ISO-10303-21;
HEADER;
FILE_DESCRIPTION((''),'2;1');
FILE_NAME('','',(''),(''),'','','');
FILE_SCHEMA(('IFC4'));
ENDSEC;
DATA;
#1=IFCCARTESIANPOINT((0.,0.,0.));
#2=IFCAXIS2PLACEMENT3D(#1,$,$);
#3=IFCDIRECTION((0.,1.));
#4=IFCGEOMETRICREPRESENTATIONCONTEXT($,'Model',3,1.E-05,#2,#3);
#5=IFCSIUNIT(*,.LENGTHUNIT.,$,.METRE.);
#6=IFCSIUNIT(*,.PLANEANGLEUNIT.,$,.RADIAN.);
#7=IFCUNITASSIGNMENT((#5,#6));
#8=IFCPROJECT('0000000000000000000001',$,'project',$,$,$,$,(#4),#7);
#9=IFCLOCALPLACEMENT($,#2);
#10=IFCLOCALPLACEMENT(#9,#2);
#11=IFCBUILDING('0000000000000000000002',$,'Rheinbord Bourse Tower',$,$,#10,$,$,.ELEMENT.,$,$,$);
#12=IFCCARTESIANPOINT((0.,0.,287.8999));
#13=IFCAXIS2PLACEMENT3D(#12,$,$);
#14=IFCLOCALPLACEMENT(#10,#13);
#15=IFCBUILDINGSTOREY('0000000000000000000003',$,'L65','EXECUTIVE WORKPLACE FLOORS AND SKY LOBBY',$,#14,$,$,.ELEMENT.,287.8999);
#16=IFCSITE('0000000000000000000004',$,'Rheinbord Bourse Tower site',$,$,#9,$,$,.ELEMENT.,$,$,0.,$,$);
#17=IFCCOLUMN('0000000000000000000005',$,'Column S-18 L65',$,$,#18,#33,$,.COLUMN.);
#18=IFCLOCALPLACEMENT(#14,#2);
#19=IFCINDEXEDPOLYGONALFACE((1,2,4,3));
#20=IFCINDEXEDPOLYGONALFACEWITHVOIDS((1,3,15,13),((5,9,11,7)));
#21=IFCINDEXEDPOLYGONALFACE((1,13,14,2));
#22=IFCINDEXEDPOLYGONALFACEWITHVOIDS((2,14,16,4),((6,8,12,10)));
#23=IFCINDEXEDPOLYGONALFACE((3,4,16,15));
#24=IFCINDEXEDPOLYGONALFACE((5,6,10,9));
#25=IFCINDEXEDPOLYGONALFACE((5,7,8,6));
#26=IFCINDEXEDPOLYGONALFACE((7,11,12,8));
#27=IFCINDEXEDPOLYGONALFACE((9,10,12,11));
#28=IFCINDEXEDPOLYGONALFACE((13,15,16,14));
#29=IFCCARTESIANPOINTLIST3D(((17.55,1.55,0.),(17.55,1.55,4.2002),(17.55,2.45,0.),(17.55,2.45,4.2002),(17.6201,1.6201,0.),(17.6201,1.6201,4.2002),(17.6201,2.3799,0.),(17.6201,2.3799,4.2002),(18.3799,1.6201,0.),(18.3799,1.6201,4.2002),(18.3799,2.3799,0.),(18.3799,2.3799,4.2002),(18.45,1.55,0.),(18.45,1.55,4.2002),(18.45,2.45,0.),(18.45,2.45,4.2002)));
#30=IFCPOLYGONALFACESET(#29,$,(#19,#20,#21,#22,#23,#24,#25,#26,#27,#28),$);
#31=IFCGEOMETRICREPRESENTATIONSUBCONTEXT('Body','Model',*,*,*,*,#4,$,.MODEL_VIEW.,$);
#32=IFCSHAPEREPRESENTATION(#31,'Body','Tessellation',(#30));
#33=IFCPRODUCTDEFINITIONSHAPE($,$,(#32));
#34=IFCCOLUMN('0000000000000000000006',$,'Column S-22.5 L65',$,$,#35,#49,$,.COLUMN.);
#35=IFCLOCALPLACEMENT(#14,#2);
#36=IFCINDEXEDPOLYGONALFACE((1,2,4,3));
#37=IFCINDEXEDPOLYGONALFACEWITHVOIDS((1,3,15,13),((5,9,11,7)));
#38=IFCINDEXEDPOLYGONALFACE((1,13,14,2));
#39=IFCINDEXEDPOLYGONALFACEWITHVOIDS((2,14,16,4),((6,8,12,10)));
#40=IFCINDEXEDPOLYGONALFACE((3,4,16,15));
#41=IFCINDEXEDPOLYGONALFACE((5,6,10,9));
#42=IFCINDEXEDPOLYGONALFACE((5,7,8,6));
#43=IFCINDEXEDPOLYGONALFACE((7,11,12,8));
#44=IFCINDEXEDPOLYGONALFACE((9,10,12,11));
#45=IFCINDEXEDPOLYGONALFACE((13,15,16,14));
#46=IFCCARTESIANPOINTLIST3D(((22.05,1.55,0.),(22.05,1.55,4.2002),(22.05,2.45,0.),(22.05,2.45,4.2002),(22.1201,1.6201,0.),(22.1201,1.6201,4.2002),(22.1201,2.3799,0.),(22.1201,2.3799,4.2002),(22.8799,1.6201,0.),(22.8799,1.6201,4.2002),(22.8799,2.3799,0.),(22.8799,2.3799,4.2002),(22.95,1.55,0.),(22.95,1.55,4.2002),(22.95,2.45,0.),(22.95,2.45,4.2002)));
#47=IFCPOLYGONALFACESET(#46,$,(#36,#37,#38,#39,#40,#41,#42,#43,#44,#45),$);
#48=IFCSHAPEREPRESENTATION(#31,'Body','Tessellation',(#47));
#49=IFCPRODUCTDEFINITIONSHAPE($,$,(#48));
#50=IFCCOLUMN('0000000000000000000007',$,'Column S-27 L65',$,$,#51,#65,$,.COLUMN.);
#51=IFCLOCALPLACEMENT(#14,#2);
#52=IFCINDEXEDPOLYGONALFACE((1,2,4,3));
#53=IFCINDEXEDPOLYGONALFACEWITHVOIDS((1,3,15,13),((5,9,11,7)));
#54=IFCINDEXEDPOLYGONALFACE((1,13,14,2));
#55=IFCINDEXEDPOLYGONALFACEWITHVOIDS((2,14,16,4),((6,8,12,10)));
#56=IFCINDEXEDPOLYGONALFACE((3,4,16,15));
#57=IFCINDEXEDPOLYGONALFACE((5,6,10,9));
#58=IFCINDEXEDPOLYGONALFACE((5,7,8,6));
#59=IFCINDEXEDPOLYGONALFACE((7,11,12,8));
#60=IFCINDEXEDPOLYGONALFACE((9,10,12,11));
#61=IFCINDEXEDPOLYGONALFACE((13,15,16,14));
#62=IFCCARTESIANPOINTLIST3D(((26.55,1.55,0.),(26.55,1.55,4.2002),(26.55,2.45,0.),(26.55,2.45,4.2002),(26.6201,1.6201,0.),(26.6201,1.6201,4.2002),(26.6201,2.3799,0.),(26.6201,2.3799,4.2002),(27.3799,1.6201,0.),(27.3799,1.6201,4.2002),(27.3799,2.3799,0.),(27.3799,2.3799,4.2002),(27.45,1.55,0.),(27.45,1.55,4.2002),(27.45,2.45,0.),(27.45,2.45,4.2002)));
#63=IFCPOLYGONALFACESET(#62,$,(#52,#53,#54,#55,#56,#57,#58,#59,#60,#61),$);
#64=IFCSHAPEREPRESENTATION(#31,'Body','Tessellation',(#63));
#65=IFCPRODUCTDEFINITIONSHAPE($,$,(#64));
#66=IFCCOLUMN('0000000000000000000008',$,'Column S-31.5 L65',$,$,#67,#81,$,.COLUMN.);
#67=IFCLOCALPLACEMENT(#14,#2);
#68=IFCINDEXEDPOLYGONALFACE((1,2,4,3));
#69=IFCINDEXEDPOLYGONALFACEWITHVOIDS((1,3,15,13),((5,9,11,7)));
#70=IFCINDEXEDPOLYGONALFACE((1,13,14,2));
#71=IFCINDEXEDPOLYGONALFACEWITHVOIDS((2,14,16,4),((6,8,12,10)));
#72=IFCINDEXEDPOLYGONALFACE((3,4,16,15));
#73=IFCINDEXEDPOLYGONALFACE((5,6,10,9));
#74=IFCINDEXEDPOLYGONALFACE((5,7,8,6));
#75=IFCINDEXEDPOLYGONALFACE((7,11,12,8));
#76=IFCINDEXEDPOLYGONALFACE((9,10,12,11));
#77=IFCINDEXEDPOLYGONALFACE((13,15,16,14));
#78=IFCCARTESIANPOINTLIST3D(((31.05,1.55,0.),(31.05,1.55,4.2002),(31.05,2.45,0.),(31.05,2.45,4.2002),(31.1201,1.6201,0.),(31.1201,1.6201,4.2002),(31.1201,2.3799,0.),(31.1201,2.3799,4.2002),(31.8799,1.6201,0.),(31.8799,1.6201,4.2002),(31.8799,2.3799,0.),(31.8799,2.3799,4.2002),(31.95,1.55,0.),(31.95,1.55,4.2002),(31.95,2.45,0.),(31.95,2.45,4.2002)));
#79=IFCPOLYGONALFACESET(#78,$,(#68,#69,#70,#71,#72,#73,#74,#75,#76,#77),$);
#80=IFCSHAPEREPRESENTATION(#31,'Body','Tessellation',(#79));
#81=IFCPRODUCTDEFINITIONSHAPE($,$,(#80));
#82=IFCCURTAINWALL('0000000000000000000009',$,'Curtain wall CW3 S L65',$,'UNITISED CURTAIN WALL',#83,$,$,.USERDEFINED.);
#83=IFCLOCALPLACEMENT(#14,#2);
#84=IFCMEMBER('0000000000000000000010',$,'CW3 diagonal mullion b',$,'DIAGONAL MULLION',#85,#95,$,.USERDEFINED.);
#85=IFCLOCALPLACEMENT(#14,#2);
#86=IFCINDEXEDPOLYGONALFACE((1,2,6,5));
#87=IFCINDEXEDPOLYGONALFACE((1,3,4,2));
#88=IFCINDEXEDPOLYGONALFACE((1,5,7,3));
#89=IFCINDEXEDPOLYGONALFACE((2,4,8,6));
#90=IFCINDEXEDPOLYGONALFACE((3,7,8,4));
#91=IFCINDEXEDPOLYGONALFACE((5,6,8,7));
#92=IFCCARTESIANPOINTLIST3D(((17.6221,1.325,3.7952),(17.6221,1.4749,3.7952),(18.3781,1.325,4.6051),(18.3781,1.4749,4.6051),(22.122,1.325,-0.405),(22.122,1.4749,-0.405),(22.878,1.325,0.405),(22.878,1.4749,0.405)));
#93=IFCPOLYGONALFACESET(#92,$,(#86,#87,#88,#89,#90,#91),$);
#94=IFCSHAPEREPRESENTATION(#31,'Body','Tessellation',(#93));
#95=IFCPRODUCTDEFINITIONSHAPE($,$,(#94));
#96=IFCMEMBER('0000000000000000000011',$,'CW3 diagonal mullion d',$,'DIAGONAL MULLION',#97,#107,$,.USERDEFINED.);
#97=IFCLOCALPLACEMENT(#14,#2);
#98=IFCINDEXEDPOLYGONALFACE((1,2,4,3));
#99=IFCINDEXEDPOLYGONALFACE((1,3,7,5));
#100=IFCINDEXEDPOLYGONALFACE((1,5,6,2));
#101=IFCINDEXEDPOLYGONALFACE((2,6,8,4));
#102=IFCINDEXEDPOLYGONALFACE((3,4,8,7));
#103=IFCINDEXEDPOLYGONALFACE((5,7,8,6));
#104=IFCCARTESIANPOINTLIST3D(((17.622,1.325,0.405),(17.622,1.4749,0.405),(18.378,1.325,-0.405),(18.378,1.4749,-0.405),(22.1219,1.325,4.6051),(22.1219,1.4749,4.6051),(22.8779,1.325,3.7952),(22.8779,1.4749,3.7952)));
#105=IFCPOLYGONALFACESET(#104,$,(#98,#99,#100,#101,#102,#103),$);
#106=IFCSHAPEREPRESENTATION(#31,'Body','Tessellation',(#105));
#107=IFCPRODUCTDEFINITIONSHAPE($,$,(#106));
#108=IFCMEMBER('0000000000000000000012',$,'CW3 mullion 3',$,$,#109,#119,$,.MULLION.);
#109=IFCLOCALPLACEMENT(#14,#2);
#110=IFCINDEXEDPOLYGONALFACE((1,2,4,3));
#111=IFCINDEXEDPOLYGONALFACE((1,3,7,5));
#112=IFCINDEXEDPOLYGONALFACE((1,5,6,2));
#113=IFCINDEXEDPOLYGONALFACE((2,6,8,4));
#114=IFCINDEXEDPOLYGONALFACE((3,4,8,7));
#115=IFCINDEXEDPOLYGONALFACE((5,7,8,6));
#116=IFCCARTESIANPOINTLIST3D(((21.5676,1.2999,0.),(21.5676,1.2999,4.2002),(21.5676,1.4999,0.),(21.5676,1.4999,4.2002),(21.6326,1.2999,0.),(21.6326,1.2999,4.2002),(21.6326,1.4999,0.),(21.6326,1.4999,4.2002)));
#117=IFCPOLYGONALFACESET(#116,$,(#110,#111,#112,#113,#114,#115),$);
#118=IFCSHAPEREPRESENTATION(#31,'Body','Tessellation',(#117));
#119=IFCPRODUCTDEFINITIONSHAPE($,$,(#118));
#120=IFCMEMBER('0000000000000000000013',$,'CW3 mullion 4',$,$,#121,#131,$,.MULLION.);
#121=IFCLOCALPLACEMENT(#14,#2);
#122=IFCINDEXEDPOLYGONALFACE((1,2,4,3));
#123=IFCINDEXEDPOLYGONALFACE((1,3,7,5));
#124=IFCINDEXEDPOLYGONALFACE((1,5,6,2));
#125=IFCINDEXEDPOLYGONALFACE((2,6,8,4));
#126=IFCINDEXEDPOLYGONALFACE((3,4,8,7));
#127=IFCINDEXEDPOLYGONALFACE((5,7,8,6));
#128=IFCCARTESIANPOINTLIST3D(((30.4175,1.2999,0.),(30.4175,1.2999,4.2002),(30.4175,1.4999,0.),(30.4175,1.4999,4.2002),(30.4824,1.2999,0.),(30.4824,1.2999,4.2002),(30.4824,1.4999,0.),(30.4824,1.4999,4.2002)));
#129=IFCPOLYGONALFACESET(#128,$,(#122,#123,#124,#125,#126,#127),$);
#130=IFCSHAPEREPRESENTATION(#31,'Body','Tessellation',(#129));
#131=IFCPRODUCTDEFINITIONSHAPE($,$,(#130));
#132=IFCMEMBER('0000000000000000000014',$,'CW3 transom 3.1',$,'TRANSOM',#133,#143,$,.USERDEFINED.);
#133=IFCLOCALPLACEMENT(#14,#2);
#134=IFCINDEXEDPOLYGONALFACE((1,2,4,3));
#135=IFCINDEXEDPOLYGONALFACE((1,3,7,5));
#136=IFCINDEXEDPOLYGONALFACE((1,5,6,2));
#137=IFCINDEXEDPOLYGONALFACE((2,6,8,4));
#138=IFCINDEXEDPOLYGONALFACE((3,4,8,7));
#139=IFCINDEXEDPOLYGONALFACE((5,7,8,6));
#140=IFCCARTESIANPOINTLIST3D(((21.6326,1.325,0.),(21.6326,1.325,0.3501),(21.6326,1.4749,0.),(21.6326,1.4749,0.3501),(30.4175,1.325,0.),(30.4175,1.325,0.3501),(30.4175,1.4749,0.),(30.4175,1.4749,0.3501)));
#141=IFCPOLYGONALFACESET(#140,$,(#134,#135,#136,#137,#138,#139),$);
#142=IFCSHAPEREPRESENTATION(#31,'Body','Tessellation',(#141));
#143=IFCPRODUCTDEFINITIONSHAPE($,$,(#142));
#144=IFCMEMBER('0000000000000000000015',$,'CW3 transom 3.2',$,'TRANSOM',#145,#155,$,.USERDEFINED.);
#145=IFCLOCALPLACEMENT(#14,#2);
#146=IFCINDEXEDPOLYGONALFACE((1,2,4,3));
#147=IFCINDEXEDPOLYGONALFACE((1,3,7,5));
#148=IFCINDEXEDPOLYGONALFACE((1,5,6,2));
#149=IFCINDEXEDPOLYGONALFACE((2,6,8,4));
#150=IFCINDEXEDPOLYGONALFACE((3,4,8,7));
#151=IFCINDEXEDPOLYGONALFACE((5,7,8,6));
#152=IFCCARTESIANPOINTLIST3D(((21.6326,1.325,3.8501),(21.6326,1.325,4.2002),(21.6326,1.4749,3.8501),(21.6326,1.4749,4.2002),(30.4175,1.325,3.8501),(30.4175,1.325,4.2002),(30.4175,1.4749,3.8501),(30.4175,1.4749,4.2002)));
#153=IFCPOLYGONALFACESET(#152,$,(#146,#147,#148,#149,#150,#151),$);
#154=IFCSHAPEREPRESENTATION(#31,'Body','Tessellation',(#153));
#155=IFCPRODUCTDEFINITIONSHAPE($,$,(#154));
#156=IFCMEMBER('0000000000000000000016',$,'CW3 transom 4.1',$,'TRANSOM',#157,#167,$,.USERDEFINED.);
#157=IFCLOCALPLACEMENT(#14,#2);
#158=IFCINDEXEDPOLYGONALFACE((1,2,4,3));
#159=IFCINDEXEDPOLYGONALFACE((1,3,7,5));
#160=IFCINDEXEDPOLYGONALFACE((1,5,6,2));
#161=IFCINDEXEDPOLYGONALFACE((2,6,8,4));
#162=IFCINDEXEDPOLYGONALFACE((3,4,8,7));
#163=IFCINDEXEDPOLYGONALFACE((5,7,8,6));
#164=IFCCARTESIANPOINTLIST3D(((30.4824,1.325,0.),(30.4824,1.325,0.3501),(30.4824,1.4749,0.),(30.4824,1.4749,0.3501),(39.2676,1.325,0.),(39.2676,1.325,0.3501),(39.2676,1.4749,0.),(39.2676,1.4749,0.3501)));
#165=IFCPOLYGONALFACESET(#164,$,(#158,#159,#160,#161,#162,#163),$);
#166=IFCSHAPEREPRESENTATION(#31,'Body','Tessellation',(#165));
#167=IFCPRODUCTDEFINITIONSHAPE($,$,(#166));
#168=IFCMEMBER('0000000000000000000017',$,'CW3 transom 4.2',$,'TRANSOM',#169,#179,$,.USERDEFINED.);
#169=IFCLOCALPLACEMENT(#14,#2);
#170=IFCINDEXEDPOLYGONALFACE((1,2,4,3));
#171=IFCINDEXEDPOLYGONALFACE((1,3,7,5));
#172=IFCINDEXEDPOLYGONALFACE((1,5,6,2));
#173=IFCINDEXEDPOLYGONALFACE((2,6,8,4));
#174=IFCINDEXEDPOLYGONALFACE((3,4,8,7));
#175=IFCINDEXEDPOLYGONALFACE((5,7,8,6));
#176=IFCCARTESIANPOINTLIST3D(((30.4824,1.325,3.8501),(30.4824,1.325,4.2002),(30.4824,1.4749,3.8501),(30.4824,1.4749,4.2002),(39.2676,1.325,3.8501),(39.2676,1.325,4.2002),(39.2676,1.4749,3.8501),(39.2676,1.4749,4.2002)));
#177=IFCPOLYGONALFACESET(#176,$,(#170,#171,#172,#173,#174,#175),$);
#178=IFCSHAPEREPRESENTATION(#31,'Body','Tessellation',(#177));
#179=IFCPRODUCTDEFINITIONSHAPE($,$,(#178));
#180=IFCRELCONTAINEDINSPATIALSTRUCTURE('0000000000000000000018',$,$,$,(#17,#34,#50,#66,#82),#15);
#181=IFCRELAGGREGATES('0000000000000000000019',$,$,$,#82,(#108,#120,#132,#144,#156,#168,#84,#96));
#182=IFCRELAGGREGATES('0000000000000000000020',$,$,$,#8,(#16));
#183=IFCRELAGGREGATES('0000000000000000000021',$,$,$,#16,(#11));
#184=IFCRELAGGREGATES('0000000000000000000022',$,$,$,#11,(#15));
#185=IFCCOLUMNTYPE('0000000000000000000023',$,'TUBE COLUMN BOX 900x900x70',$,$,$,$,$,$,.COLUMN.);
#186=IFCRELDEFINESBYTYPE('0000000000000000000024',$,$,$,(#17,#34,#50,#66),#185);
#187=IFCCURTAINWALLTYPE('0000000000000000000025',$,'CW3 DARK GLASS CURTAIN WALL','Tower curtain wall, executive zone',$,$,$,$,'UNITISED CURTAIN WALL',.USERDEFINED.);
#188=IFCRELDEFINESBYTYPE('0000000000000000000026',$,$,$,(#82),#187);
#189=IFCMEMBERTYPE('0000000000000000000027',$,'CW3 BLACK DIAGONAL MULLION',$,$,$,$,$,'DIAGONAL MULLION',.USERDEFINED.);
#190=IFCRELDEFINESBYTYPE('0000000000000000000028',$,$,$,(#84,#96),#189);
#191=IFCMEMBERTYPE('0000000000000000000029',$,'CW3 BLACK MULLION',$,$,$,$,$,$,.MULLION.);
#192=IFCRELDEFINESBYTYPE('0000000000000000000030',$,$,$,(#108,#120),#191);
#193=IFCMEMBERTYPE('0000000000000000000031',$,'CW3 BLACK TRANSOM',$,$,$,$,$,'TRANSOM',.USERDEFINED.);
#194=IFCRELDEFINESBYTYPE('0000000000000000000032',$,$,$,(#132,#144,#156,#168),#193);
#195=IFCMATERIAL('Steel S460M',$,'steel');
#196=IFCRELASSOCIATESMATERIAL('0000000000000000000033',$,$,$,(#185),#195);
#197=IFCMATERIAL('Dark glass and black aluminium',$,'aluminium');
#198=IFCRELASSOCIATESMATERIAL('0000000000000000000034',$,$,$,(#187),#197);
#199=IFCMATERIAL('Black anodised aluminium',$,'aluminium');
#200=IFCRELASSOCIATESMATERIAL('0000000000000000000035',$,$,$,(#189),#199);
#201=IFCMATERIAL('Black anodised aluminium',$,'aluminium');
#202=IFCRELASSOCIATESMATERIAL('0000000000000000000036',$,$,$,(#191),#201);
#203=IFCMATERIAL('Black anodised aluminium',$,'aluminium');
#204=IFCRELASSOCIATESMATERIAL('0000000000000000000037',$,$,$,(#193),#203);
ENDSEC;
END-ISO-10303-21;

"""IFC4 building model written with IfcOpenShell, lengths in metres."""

from ifc_helpers import new_model, si_unit, direction, frame, origin, origin_2d, place, context, subcontext, project, spatial, rectangle, hollow_rectangle, extrude, material, material_profile, profile_set, type_object, element, aggregate, save


model = new_model("IFC4")

# Units and contexts
model_context = context("Model", 3, precision=1e-05, world=origin(), true_north=direction((0.0, 1.0)))
body_context = subcontext(model_context, "Body", "Model", "MODEL_VIEW")
ifc_project = project(units=[si_unit("LENGTHUNIT", "METRE"), si_unit("PLANEANGLEUNIT", "RADIAN")], contexts=[model_context])

# Site, building, storey
site_placement = place(None, origin())
site = spatial("IfcSite", under=ifc_project, at=site_placement, Name="Rheinbord Bourse Tower site", CompositionType="ELEMENT", RefElevation=0.0)
building_placement = place(site_placement, origin())
building = spatial("IfcBuilding", under=site, at=building_placement, Name="Rheinbord Bourse Tower", CompositionType="ELEMENT")
storey_placement = place(building_placement, frame((0.0, 0.0, 287.8999)))
storey = spatial("IfcBuildingStorey", under=building, at=storey_placement, Name="L65", Description="EXECUTIVE WORKPLACE FLOORS AND SKY LOBBY", CompositionType="ELEMENT", Elevation=287.8999)

# Columns
ifc_material_1 = material(Name="Steel S460M", Category="steel")
ifc_material_profile_1 = material_profile(ifc_material_1, hollow_rectangle(XDim=0.8999, YDim=0.8999, WallThickness=0.0701, at=origin_2d()), Name="BOX 900x900x70")
ifc_profile_set_1 = profile_set([ifc_material_profile_1], Name="Steel S460M")
column_type = type_object("IfcColumnType", Name="TUBE COLUMN BOX 900x900x70", PredefinedType="COLUMN", material=ifc_profile_set_1)
for number, where, z_axis, x_axis, name in (
    (1, (18.0, 2.0, 0.0), (0.0, 0.0, 1.0), (0.0, 1.0, 0.0), "Column S-18 L65"),
    (2, (22.5, 2.0, 0.0), (0.0, 0.0, 1.0), (0.0, 1.0, 0.0), "Column S-22.5 L65"),
    (3, (27.0, 2.0, 0.0), (0.0, 0.0, 1.0), (0.0, 1.0, 0.0), "Column S-27 L65"),
    (4, (31.5, 2.0, 0.0), (0.0, 0.0, 1.0), (0.0, 1.0, 0.0), "Column S-31.5 L65"),
):
    element("IfcColumn", number, at=place(storey_placement, frame(where, z_axis=z_axis, x_axis=x_axis)), inside=storey, type_object=column_type, Name=name, PredefinedType="COLUMN", context=body_context, shape_type="SweptSolid", body=[
        extrude(hollow_rectangle(XDim=0.8999, YDim=0.8999, WallThickness=0.0701, at=origin_2d()), origin(), (0.0, 0.0, 1.0), 4.2002),
    ])

# Curtain wall, members
ifc_material_2 = material(Name="Dark glass and black aluminium", Category="aluminium")
curtain_wall_type = type_object("IfcCurtainWallType", Name="CW3 DARK GLASS CURTAIN WALL", Description="Tower curtain wall, executive zone", ElementType="UNITISED CURTAIN WALL", PredefinedType="USERDEFINED", material=ifc_material_2)
curtain_wall_placement = place(storey_placement, origin())
curtain_wall = element("IfcCurtainWall", 5, at=curtain_wall_placement, inside=storey, type_object=curtain_wall_type, Name="Curtain wall CW3 S L65", ObjectType="UNITISED CURTAIN WALL", PredefinedType="USERDEFINED")
ifc_material_3 = material(Name="Black anodised aluminium", Category="aluminium")
ifc_material_profile_2 = material_profile(ifc_material_3, rectangle(XDim=0.1499, YDim=1.1079, at=origin_2d()), Name="CW3 DIAGONAL MULLION 1108x150")
ifc_profile_set_2 = profile_set([ifc_material_profile_2], Name="Black anodised aluminium")
member_type_1 = type_object("IfcMemberType", Name="CW3 BLACK DIAGONAL MULLION", ElementType="DIAGONAL MULLION", PredefinedType="USERDEFINED", material=ifc_profile_set_2)
member_1_placement = place(storey_placement, frame((22.5, 1.3999, 0.0), z_axis=(-0.731039, 0.0, 0.682335), x_axis=(0.0, -1.0, 0.0)))
member_1 = element("IfcMember", 6, at=member_1_placement, type_object=member_type_1, Name="CW3 diagonal mullion b", ObjectType="DIAGONAL MULLION", PredefinedType="USERDEFINED", context=body_context, shape_type="SweptSolid", body=[
    extrude(rectangle(XDim=0.1499, YDim=1.1079, at=origin_2d()), origin(), (0.0, 0.0, 1.0), 6.1555),
])
member_2_placement = place(storey_placement, frame((18.0, 1.3999, 0.0), z_axis=(0.731039, 0.0, 0.682335), x_axis=(0.0, 1.0, 0.0)))
member_2 = element("IfcMember", 7, at=member_2_placement, type_object=member_type_1, Name="CW3 diagonal mullion d", ObjectType="DIAGONAL MULLION", PredefinedType="USERDEFINED", context=body_context, shape_type="SweptSolid", body=[
    extrude(rectangle(XDim=0.1499, YDim=1.1079, at=origin_2d()), origin(), (0.0, 0.0, 1.0), 6.1555),
])
ifc_material_4 = material(Name="Black anodised aluminium", Category="aluminium")
ifc_material_profile_3 = material_profile(ifc_material_4, rectangle(XDim=0.2, YDim=0.0649, at=origin_2d()), Name="CW3 MULLION 65x200")
ifc_profile_set_3 = profile_set([ifc_material_profile_3], Name="Black anodised aluminium")
member_type_2 = type_object("IfcMemberType", Name="CW3 BLACK MULLION", PredefinedType="MULLION", material=ifc_profile_set_3)
member_3_placement = place(storey_placement, frame((21.6001, 1.3999, 0.0), z_axis=(0.0, 0.0, 1.0), x_axis=(0.0, 1.0, 0.0)))
member_3 = element("IfcMember", 8, at=member_3_placement, type_object=member_type_2, Name="CW3 mullion 3", PredefinedType="MULLION", context=body_context, shape_type="SweptSolid", body=[
    extrude(rectangle(XDim=0.2, YDim=0.0649, at=origin_2d()), origin(), (0.0, 0.0, 1.0), 4.2002),
])
member_4_placement = place(storey_placement, frame((30.45, 1.3999, 0.0), z_axis=(0.0, 0.0, 1.0), x_axis=(0.0, 1.0, 0.0)))
member_4 = element("IfcMember", 9, at=member_4_placement, type_object=member_type_2, Name="CW3 mullion 4", PredefinedType="MULLION", context=body_context, shape_type="SweptSolid", body=[
    extrude(rectangle(XDim=0.2, YDim=0.0649, at=origin_2d()), origin(), (0.0, 0.0, 1.0), 4.2002),
])
ifc_material_5 = material(Name="Black anodised aluminium", Category="aluminium")
ifc_material_profile_4 = material_profile(ifc_material_5, rectangle(XDim=0.1499, YDim=0.3501, at=origin_2d()), Name="CW3 TRANSOM 350x150")
ifc_profile_set_4 = profile_set([ifc_material_profile_4], Name="Black anodised aluminium")
member_type_3 = type_object("IfcMemberType", Name="CW3 BLACK TRANSOM", ElementType="TRANSOM", PredefinedType="USERDEFINED", material=ifc_profile_set_4)
member_5_placement = place(storey_placement, frame((21.6326, 1.3999, 0.175), z_axis=(1.0, 0.0, 0.0), x_axis=(0.0, 1.0, 0.0)))
member_5 = element("IfcMember", 10, at=member_5_placement, type_object=member_type_3, Name="CW3 transom 3.1", ObjectType="TRANSOM", PredefinedType="USERDEFINED", context=body_context, shape_type="SweptSolid", body=[
    extrude(rectangle(XDim=0.1499, YDim=0.3501, at=origin_2d()), origin(), (0.0, 0.0, 1.0), 8.7849),
])
member_6_placement = place(storey_placement, frame((21.6326, 1.3999, 4.0251), z_axis=(1.0, 0.0, 0.0), x_axis=(0.0, 1.0, 0.0)))
member_6 = element("IfcMember", 11, at=member_6_placement, type_object=member_type_3, Name="CW3 transom 3.2", ObjectType="TRANSOM", PredefinedType="USERDEFINED", context=body_context, shape_type="SweptSolid", body=[
    extrude(rectangle(XDim=0.1499, YDim=0.3501, at=origin_2d()), origin(), (0.0, 0.0, 1.0), 8.7849),
])
member_7_placement = place(storey_placement, frame((30.4824, 1.3999, 0.175), z_axis=(1.0, 0.0, 0.0), x_axis=(0.0, 1.0, 0.0)))
member_7 = element("IfcMember", 12, at=member_7_placement, type_object=member_type_3, Name="CW3 transom 4.1", ObjectType="TRANSOM", PredefinedType="USERDEFINED", context=body_context, shape_type="SweptSolid", body=[
    extrude(rectangle(XDim=0.1499, YDim=0.3501, at=origin_2d()), origin(), (0.0, 0.0, 1.0), 8.7852),
])
member_8_placement = place(storey_placement, frame((30.4824, 1.3999, 4.0251), z_axis=(1.0, 0.0, 0.0), x_axis=(0.0, 1.0, 0.0)))
member_8 = element("IfcMember", 13, at=member_8_placement, type_object=member_type_3, Name="CW3 transom 4.2", ObjectType="TRANSOM", PredefinedType="USERDEFINED", context=body_context, shape_type="SweptSolid", body=[
    extrude(rectangle(XDim=0.1499, YDim=0.3501, at=origin_2d()), origin(), (0.0, 0.0, 1.0), 8.7852),
])

aggregate(curtain_wall, [member_3, member_4, member_5, member_6, member_7, member_8, member_1, member_2])

save(model, "model.ifc")
